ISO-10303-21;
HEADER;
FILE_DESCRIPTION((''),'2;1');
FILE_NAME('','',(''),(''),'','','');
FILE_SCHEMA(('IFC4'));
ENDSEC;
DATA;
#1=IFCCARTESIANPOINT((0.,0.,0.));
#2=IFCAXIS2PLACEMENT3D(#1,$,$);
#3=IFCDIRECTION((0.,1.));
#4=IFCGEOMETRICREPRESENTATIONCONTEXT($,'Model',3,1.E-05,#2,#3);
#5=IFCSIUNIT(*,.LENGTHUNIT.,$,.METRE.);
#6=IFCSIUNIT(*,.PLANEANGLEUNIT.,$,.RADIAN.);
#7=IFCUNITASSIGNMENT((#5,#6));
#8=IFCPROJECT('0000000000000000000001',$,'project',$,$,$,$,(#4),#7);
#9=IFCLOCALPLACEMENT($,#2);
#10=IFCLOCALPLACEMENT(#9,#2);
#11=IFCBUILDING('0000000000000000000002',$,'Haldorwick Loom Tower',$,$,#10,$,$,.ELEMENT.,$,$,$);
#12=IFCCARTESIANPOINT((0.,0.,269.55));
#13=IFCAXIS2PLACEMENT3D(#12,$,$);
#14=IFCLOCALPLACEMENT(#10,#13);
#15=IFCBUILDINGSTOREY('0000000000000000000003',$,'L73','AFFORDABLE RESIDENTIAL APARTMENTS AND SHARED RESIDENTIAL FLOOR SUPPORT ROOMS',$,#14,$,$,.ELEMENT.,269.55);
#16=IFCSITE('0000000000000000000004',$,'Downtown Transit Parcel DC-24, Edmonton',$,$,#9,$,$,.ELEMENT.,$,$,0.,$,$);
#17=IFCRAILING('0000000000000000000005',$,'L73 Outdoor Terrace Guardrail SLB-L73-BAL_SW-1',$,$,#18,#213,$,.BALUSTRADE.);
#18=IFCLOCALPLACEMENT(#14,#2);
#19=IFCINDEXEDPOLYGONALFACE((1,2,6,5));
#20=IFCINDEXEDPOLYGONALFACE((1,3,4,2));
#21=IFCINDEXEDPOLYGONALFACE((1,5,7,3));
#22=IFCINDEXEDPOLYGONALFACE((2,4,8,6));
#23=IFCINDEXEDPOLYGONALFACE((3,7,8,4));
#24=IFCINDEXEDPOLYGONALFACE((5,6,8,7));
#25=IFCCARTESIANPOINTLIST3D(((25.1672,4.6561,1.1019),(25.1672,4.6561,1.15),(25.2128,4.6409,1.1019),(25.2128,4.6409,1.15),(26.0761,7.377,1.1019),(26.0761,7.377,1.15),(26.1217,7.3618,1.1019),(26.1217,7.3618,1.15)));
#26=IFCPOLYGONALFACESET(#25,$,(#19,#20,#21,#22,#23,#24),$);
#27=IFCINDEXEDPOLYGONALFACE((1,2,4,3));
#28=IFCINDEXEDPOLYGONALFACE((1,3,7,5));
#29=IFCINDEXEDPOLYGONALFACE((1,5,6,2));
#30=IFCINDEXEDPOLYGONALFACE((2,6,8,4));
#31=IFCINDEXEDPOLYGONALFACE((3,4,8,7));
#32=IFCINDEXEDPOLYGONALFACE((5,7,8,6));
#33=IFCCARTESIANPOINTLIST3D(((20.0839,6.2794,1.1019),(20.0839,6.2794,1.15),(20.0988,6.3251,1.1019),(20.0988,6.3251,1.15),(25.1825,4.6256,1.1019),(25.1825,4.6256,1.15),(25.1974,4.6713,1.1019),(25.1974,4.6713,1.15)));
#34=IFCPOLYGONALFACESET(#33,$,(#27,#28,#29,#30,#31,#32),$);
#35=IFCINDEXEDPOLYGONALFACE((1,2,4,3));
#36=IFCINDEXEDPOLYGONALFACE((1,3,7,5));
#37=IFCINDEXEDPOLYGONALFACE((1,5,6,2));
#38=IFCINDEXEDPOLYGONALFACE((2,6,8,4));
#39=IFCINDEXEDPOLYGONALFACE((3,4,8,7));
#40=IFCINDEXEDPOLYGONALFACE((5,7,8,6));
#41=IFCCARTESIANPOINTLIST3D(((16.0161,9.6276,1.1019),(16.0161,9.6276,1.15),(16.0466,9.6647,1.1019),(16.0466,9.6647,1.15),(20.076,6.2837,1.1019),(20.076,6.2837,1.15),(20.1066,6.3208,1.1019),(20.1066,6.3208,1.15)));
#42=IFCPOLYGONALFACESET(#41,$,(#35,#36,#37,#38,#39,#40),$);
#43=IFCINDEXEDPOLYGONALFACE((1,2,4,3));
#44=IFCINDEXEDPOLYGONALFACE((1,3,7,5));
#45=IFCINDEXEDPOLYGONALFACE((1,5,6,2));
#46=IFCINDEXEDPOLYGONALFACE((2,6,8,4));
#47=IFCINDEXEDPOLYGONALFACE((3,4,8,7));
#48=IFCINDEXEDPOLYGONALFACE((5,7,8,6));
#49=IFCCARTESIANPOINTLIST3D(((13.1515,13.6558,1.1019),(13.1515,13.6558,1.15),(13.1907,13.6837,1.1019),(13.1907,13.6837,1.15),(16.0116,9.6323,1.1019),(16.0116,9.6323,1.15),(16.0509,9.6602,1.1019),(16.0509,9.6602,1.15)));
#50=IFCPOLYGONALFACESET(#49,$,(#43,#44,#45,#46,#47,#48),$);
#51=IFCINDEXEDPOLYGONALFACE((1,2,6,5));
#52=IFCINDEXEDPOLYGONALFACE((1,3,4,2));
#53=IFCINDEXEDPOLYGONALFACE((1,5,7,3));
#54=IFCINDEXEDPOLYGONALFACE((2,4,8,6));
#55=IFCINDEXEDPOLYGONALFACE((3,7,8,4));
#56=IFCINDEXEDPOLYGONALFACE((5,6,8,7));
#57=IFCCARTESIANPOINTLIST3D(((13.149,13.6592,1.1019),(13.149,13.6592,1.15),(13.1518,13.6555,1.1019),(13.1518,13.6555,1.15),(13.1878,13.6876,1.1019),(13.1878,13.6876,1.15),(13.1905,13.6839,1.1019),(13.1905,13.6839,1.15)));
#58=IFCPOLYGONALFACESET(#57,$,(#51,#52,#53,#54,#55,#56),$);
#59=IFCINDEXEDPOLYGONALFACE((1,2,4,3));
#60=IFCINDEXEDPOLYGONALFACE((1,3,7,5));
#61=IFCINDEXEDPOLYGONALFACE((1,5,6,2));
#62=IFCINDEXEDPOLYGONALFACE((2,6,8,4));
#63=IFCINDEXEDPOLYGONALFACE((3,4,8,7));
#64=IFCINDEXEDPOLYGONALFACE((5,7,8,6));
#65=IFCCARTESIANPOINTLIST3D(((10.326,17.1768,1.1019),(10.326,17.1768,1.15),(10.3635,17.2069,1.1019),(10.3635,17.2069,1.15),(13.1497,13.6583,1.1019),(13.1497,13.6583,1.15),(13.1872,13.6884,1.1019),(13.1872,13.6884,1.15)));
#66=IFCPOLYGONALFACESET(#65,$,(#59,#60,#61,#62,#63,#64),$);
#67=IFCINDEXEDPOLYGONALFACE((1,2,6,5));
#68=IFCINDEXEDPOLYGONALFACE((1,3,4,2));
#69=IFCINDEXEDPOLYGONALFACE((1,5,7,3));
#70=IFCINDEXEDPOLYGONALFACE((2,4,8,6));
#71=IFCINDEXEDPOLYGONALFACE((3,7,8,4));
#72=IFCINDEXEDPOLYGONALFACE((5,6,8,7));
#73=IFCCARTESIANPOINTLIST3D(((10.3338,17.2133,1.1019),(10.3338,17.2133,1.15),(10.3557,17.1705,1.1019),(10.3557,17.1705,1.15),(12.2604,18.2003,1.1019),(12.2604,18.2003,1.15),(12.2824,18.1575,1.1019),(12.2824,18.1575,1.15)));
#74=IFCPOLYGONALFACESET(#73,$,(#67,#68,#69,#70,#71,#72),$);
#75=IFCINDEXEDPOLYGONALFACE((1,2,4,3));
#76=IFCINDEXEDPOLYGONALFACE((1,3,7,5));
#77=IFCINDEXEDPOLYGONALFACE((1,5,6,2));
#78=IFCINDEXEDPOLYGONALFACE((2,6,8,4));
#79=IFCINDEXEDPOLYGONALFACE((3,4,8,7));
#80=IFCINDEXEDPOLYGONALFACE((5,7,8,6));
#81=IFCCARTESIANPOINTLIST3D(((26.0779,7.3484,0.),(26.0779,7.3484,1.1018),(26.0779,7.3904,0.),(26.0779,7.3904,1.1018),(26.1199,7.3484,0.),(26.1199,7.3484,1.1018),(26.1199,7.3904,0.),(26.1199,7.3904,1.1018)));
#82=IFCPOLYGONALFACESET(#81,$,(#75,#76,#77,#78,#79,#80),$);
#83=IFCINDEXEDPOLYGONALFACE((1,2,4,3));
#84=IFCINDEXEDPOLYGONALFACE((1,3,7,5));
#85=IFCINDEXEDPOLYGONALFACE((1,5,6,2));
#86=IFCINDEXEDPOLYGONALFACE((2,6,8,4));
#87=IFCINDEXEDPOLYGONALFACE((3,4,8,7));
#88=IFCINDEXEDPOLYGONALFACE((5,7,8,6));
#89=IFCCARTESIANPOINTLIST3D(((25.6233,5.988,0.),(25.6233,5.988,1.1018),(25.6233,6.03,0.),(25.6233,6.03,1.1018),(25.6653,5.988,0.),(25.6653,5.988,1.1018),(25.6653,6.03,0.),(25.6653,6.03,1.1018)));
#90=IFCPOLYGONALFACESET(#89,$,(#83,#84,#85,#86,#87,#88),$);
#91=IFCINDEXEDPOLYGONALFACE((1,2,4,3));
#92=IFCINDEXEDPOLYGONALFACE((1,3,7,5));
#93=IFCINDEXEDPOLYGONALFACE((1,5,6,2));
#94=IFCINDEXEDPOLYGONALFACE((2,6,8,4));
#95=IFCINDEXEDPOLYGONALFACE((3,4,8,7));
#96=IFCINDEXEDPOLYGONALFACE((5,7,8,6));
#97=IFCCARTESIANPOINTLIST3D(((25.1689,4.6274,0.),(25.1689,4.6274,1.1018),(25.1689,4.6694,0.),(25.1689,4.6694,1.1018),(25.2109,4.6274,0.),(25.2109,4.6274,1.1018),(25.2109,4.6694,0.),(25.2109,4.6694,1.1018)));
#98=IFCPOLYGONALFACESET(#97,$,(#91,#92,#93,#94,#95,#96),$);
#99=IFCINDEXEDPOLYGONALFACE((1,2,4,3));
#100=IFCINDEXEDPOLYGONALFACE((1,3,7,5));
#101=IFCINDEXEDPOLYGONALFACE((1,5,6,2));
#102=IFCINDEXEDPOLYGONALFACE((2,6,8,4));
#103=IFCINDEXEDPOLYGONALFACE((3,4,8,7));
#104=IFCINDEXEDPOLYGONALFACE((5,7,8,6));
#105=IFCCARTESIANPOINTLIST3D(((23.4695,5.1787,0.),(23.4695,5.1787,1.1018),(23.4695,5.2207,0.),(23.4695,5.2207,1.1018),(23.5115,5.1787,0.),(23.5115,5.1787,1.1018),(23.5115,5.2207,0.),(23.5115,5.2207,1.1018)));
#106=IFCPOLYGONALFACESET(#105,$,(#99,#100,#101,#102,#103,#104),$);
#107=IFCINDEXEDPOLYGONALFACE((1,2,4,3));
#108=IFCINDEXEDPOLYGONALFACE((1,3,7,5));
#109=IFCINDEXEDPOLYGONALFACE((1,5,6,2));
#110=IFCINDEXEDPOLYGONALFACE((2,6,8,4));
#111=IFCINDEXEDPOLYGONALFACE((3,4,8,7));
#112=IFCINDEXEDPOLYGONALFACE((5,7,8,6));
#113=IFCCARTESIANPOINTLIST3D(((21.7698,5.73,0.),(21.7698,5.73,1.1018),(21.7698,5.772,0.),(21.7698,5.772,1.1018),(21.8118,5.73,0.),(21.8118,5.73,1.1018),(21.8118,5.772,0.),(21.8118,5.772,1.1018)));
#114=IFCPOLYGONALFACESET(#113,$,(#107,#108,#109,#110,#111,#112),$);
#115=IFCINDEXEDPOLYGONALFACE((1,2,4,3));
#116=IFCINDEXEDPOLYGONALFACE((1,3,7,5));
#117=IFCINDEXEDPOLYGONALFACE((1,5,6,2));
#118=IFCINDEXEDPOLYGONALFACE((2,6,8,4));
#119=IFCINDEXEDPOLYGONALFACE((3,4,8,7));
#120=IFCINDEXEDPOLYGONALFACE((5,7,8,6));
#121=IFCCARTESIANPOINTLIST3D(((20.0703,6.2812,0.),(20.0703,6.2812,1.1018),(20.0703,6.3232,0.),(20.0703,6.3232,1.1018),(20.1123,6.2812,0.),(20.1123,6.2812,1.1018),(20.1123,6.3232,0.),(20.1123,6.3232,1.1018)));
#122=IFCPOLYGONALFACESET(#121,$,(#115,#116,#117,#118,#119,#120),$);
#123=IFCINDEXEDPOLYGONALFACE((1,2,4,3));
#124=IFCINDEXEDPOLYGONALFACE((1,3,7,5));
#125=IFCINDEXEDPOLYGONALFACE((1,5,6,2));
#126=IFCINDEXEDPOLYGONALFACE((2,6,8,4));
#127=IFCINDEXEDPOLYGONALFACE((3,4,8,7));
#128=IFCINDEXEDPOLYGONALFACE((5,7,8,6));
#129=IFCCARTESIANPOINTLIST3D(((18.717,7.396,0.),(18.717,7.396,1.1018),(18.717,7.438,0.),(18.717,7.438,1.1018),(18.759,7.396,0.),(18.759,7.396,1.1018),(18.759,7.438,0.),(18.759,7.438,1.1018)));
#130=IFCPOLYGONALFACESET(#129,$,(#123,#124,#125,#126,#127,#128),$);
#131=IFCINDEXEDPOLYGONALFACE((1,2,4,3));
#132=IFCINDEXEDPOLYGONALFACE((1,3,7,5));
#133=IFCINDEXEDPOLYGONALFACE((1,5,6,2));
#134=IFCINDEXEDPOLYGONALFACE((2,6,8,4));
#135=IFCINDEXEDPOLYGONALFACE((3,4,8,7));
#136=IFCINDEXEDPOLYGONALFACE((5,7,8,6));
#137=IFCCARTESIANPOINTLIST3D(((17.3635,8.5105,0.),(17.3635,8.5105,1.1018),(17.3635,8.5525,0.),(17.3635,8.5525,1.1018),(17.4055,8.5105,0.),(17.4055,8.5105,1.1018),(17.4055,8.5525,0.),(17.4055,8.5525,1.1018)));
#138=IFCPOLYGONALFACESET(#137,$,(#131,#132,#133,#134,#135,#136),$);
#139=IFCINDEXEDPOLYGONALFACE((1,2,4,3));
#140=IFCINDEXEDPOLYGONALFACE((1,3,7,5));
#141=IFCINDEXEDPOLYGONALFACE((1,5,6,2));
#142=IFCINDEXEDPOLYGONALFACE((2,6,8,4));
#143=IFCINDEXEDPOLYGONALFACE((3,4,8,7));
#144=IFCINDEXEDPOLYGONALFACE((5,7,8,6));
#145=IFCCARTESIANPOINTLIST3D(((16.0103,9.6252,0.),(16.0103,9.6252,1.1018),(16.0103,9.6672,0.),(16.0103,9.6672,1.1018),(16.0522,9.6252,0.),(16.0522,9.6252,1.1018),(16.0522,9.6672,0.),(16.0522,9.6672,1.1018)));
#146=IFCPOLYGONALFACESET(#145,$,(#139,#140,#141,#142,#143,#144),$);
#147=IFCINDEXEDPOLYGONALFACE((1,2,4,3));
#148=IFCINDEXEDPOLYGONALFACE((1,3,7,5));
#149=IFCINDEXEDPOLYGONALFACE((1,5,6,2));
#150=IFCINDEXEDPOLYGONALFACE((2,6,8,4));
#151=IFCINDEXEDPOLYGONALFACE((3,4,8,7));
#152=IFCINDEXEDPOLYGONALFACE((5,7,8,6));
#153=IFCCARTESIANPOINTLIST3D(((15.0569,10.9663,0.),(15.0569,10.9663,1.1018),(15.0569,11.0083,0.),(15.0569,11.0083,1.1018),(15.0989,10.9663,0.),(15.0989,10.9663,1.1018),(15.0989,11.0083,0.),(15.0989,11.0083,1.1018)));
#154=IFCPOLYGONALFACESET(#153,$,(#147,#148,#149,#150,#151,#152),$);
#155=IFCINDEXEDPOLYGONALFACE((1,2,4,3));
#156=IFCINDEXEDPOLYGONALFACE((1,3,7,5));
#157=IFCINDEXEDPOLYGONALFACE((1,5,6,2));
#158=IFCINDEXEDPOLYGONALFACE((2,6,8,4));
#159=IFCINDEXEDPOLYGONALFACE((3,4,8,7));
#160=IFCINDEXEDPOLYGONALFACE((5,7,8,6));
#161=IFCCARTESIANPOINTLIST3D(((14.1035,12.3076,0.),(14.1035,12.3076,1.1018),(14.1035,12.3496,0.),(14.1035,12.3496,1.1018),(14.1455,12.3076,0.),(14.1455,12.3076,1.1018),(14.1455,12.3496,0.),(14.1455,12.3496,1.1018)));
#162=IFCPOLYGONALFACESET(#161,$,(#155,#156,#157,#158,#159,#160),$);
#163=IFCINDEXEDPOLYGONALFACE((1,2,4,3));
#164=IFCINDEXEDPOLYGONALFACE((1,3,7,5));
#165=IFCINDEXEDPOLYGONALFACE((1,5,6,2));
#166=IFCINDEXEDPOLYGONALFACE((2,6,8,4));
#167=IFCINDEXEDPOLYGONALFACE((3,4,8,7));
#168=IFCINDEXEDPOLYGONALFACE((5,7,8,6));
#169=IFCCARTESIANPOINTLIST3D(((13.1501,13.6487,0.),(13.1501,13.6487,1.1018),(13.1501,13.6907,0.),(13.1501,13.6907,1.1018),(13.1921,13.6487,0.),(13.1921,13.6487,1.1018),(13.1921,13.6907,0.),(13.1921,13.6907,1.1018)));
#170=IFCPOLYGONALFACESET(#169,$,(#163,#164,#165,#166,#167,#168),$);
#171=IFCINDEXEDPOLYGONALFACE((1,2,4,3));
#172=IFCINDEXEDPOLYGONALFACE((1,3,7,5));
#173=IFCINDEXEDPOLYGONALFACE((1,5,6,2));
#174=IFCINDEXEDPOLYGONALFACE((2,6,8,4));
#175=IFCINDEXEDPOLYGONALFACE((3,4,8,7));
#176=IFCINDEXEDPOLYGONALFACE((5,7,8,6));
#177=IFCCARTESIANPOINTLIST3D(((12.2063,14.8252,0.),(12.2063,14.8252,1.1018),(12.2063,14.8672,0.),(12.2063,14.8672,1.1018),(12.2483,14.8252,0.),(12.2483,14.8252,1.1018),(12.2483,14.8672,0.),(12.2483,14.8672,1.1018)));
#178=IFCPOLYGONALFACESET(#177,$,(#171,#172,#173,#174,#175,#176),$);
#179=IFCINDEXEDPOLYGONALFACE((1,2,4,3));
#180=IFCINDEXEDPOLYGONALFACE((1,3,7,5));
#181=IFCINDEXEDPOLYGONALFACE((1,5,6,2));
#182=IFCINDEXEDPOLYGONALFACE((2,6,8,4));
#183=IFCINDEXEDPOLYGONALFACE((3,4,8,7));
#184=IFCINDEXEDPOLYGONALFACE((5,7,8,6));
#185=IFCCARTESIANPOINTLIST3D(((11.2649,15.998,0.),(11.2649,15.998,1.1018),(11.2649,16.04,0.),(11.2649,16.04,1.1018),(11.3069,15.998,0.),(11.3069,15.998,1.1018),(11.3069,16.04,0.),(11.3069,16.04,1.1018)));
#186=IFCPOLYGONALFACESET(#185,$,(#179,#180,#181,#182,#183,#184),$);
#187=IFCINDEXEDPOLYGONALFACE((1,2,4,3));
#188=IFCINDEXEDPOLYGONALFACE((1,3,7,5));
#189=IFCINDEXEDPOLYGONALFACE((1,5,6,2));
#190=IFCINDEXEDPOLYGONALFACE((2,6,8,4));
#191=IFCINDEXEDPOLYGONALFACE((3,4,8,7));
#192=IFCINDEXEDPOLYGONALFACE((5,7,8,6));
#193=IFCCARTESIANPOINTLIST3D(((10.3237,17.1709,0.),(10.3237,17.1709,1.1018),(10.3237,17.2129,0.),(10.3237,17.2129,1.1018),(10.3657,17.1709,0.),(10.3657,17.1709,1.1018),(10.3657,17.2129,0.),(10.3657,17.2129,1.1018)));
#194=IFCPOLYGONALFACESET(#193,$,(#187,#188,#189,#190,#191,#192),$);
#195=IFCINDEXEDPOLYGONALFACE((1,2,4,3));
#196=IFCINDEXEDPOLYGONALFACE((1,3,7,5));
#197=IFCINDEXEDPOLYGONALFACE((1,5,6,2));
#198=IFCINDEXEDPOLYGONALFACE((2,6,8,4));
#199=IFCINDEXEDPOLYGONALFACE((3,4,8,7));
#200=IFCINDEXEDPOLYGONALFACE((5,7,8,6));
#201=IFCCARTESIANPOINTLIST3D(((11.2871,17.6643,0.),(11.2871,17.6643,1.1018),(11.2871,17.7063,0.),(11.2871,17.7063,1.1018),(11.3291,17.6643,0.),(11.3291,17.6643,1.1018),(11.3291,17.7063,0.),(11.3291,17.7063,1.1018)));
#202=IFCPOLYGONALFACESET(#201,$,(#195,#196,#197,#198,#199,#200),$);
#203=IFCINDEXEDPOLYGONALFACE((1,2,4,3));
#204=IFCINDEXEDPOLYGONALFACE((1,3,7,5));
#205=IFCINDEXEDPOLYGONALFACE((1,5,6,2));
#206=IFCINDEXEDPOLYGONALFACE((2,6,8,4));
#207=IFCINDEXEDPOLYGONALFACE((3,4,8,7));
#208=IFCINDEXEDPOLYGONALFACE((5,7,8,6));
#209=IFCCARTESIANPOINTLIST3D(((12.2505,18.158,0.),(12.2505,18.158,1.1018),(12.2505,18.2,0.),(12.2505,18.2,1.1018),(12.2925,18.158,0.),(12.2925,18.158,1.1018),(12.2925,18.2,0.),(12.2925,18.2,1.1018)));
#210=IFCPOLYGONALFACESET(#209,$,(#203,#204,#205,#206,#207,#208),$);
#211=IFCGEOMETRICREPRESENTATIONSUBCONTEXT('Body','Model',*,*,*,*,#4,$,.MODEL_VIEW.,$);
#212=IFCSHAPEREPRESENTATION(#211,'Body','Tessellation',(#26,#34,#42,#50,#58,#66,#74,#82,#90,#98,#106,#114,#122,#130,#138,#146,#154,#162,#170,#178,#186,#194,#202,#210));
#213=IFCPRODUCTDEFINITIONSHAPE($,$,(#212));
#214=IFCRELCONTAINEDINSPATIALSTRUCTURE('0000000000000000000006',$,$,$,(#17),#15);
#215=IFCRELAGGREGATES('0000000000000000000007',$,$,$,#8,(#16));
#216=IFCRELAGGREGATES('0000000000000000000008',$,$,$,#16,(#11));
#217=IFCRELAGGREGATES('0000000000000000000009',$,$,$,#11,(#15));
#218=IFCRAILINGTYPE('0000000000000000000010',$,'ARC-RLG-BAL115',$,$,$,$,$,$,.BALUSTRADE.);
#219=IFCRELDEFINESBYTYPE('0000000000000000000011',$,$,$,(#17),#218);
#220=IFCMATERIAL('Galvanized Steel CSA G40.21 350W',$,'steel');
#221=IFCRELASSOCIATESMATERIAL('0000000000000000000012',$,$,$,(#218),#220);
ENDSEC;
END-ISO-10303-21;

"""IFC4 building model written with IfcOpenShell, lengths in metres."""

from ifc_helpers import new_model, si_unit, direction, frame, origin, origin_2d, place, context, subcontext, project, spatial, rectangle, extrude, material, type_object, element, save


model = new_model("IFC4")

# Units and contexts
model_context = context("Model", 3, precision=1e-05, world=origin(), true_north=direction((0.0, 1.0)))
body_context = subcontext(model_context, "Body", "Model", "MODEL_VIEW")
ifc_project = project(units=[si_unit("LENGTHUNIT", "METRE"), si_unit("PLANEANGLEUNIT", "RADIAN")], contexts=[model_context])

# Site, building, storey
site_placement = place(None, origin())
site = spatial("IfcSite", under=ifc_project, at=site_placement, Name="Downtown Transit Parcel DC-24, Edmonton", CompositionType="ELEMENT", RefElevation=0.0)
building_placement = place(site_placement, origin())
building = spatial("IfcBuilding", under=site, at=building_placement, Name="Haldorwick Loom Tower", CompositionType="ELEMENT")
storey_placement = place(building_placement, frame((0.0, 0.0, 269.55)))
storey = spatial("IfcBuildingStorey", under=building, at=storey_placement, Name="L73", Description="AFFORDABLE RESIDENTIAL APARTMENTS AND SHARED RESIDENTIAL FLOOR SUPPORT ROOMS", CompositionType="ELEMENT", Elevation=269.55)

# Railing
ifc_material_1 = material(Name="Galvanized Steel CSA G40.21 350W", Category="steel")
railing_type = type_object("IfcRailingType", Name="ARC-RLG-BAL115", PredefinedType="BALUSTRADE", material=ifc_material_1)
railing_placement = place(storey_placement, frame((26.0989, 7.3694, 0.0)))
element("IfcRailing", 1, at=railing_placement, inside=storey, type_object=railing_type, Name="L73 Outdoor Terrace Guardrail SLB-L73-BAL_SW-1", PredefinedType="BALUSTRADE", context=body_context, shape_type="SweptSolid", body=[
    extrude(rectangle(XDim=0.0481, YDim=0.0481, at=origin_2d()), frame((0.0, 0.0, 1.126), z_axis=(-0.31684, -0.948479, 0.0), x_axis=(0.948479, -0.31684, 0.0)), (0.0, 0.0, 1.0), 2.8687),
    extrude(rectangle(XDim=0.0481, YDim=0.0481, at=origin_2d()), frame((-0.9089, -2.7209, 1.126), z_axis=(-0.951212, 0.308538, 0.0), x_axis=(-0.308538, -0.951212, 0.0)), (0.0, 0.0, 1.0), 5.3601),
    extrude(rectangle(XDim=0.0481, YDim=0.0481, at=origin_2d()), frame((-6.0076, -1.0671, 1.126), z_axis=(-0.771891, 0.635754, 0.0), x_axis=(-0.635754, -0.771891, 0.0)), (0.0, 0.0, 1.0), 5.2598),
    extrude(rectangle(XDim=0.0481, YDim=0.0481, at=origin_2d()), frame((-10.0676, 2.2769, 1.126), z_axis=(-0.579389, 0.815051, 0.0), x_axis=(-0.815051, -0.579389, 0.0)), (0.0, 0.0, 1.0), 4.9365),
    extrude(rectangle(XDim=0.0481, YDim=0.0481, at=origin_2d()), frame((-12.9277, 6.3003, 1.126), z_axis=(-0.591364, 0.806405, 0.0), x_axis=(-0.806405, -0.591364, 0.0)), (0.0, 0.0, 1.0), 0.0046),
    extrude(rectangle(XDim=0.0481, YDim=0.0481, at=origin_2d()), frame((-12.9304, 6.304, 1.126), z_axis=(-0.625895, 0.779907, 0.0), x_axis=(-0.779907, -0.625895, 0.0)), (0.0, 0.0, 1.0), 4.5115),
    extrude(rectangle(XDim=0.0481, YDim=0.0481, at=origin_2d()), frame((-15.7542, 9.8225, 1.126), z_axis=(0.890009, 0.455943, 0.0), x_axis=(-0.455943, 0.890009, 0.0)), (0.0, 0.0, 1.0), 2.1648),
    extrude(rectangle(XDim=0.042, YDim=0.042, at=origin_2d()), origin(), (0.0, 0.0, 1.0), 1.1018),
    extrude(rectangle(XDim=0.042, YDim=0.042, at=origin_2d()), frame((-0.4546, -1.3604, 0.0)), (0.0, 0.0, 1.0), 1.1018),
    extrude(rectangle(XDim=0.042, YDim=0.042, at=origin_2d()), frame((-0.9089, -2.7209, 0.0)), (0.0, 0.0, 1.0), 1.1018),
    extrude(rectangle(XDim=0.042, YDim=0.042, at=origin_2d()), frame((-2.6084, -2.1697, 0.0)), (0.0, 0.0, 1.0), 1.1018),
    extrude(rectangle(XDim=0.042, YDim=0.042, at=origin_2d()), frame((-4.3081, -1.6184, 0.0)), (0.0, 0.0, 1.0), 1.1018),
    extrude(rectangle(XDim=0.042, YDim=0.042, at=origin_2d()), frame((-6.0076, -1.0671, 0.0)), (0.0, 0.0, 1.0), 1.1018),
    extrude(rectangle(XDim=0.042, YDim=0.042, at=origin_2d()), frame((-7.3608, 0.0476, 0.0)), (0.0, 0.0, 1.0), 1.1018),
    extrude(rectangle(XDim=0.042, YDim=0.042, at=origin_2d()), frame((-8.7144, 1.1621, 0.0)), (0.0, 0.0, 1.0), 1.1018),
    extrude(rectangle(XDim=0.042, YDim=0.042, at=origin_2d()), frame((-10.0676, 2.2769, 0.0)), (0.0, 0.0, 1.0), 1.1018),
    extrude(rectangle(XDim=0.042, YDim=0.042, at=origin_2d()), frame((-11.021, 3.6179, 0.0)), (0.0, 0.0, 1.0), 1.1018),
    extrude(rectangle(XDim=0.042, YDim=0.042, at=origin_2d()), frame((-11.9744, 4.9592, 0.0)), (0.0, 0.0, 1.0), 1.1018),
    extrude(rectangle(XDim=0.042, YDim=0.042, at=origin_2d()), frame((-12.9277, 6.3003, 0.0)), (0.0, 0.0, 1.0), 1.1018),
    extrude(rectangle(XDim=0.042, YDim=0.042, at=origin_2d()), frame((-13.8716, 7.4768, 0.0)), (0.0, 0.0, 1.0), 1.1018),
    extrude(rectangle(XDim=0.042, YDim=0.042, at=origin_2d()), frame((-14.813, 8.6497, 0.0)), (0.0, 0.0, 1.0), 1.1018),
    extrude(rectangle(XDim=0.042, YDim=0.042, at=origin_2d()), frame((-15.7542, 9.8225, 0.0)), (0.0, 0.0, 1.0), 1.1018),
    extrude(rectangle(XDim=0.042, YDim=0.042, at=origin_2d()), frame((-14.7908, 10.3159, 0.0)), (0.0, 0.0, 1.0), 1.1018),
    extrude(rectangle(XDim=0.042, YDim=0.042, at=origin_2d()), frame((-13.8274, 10.8096, 0.0)), (0.0, 0.0, 1.0), 1.1018),
])

save(model, "model.ifc")
